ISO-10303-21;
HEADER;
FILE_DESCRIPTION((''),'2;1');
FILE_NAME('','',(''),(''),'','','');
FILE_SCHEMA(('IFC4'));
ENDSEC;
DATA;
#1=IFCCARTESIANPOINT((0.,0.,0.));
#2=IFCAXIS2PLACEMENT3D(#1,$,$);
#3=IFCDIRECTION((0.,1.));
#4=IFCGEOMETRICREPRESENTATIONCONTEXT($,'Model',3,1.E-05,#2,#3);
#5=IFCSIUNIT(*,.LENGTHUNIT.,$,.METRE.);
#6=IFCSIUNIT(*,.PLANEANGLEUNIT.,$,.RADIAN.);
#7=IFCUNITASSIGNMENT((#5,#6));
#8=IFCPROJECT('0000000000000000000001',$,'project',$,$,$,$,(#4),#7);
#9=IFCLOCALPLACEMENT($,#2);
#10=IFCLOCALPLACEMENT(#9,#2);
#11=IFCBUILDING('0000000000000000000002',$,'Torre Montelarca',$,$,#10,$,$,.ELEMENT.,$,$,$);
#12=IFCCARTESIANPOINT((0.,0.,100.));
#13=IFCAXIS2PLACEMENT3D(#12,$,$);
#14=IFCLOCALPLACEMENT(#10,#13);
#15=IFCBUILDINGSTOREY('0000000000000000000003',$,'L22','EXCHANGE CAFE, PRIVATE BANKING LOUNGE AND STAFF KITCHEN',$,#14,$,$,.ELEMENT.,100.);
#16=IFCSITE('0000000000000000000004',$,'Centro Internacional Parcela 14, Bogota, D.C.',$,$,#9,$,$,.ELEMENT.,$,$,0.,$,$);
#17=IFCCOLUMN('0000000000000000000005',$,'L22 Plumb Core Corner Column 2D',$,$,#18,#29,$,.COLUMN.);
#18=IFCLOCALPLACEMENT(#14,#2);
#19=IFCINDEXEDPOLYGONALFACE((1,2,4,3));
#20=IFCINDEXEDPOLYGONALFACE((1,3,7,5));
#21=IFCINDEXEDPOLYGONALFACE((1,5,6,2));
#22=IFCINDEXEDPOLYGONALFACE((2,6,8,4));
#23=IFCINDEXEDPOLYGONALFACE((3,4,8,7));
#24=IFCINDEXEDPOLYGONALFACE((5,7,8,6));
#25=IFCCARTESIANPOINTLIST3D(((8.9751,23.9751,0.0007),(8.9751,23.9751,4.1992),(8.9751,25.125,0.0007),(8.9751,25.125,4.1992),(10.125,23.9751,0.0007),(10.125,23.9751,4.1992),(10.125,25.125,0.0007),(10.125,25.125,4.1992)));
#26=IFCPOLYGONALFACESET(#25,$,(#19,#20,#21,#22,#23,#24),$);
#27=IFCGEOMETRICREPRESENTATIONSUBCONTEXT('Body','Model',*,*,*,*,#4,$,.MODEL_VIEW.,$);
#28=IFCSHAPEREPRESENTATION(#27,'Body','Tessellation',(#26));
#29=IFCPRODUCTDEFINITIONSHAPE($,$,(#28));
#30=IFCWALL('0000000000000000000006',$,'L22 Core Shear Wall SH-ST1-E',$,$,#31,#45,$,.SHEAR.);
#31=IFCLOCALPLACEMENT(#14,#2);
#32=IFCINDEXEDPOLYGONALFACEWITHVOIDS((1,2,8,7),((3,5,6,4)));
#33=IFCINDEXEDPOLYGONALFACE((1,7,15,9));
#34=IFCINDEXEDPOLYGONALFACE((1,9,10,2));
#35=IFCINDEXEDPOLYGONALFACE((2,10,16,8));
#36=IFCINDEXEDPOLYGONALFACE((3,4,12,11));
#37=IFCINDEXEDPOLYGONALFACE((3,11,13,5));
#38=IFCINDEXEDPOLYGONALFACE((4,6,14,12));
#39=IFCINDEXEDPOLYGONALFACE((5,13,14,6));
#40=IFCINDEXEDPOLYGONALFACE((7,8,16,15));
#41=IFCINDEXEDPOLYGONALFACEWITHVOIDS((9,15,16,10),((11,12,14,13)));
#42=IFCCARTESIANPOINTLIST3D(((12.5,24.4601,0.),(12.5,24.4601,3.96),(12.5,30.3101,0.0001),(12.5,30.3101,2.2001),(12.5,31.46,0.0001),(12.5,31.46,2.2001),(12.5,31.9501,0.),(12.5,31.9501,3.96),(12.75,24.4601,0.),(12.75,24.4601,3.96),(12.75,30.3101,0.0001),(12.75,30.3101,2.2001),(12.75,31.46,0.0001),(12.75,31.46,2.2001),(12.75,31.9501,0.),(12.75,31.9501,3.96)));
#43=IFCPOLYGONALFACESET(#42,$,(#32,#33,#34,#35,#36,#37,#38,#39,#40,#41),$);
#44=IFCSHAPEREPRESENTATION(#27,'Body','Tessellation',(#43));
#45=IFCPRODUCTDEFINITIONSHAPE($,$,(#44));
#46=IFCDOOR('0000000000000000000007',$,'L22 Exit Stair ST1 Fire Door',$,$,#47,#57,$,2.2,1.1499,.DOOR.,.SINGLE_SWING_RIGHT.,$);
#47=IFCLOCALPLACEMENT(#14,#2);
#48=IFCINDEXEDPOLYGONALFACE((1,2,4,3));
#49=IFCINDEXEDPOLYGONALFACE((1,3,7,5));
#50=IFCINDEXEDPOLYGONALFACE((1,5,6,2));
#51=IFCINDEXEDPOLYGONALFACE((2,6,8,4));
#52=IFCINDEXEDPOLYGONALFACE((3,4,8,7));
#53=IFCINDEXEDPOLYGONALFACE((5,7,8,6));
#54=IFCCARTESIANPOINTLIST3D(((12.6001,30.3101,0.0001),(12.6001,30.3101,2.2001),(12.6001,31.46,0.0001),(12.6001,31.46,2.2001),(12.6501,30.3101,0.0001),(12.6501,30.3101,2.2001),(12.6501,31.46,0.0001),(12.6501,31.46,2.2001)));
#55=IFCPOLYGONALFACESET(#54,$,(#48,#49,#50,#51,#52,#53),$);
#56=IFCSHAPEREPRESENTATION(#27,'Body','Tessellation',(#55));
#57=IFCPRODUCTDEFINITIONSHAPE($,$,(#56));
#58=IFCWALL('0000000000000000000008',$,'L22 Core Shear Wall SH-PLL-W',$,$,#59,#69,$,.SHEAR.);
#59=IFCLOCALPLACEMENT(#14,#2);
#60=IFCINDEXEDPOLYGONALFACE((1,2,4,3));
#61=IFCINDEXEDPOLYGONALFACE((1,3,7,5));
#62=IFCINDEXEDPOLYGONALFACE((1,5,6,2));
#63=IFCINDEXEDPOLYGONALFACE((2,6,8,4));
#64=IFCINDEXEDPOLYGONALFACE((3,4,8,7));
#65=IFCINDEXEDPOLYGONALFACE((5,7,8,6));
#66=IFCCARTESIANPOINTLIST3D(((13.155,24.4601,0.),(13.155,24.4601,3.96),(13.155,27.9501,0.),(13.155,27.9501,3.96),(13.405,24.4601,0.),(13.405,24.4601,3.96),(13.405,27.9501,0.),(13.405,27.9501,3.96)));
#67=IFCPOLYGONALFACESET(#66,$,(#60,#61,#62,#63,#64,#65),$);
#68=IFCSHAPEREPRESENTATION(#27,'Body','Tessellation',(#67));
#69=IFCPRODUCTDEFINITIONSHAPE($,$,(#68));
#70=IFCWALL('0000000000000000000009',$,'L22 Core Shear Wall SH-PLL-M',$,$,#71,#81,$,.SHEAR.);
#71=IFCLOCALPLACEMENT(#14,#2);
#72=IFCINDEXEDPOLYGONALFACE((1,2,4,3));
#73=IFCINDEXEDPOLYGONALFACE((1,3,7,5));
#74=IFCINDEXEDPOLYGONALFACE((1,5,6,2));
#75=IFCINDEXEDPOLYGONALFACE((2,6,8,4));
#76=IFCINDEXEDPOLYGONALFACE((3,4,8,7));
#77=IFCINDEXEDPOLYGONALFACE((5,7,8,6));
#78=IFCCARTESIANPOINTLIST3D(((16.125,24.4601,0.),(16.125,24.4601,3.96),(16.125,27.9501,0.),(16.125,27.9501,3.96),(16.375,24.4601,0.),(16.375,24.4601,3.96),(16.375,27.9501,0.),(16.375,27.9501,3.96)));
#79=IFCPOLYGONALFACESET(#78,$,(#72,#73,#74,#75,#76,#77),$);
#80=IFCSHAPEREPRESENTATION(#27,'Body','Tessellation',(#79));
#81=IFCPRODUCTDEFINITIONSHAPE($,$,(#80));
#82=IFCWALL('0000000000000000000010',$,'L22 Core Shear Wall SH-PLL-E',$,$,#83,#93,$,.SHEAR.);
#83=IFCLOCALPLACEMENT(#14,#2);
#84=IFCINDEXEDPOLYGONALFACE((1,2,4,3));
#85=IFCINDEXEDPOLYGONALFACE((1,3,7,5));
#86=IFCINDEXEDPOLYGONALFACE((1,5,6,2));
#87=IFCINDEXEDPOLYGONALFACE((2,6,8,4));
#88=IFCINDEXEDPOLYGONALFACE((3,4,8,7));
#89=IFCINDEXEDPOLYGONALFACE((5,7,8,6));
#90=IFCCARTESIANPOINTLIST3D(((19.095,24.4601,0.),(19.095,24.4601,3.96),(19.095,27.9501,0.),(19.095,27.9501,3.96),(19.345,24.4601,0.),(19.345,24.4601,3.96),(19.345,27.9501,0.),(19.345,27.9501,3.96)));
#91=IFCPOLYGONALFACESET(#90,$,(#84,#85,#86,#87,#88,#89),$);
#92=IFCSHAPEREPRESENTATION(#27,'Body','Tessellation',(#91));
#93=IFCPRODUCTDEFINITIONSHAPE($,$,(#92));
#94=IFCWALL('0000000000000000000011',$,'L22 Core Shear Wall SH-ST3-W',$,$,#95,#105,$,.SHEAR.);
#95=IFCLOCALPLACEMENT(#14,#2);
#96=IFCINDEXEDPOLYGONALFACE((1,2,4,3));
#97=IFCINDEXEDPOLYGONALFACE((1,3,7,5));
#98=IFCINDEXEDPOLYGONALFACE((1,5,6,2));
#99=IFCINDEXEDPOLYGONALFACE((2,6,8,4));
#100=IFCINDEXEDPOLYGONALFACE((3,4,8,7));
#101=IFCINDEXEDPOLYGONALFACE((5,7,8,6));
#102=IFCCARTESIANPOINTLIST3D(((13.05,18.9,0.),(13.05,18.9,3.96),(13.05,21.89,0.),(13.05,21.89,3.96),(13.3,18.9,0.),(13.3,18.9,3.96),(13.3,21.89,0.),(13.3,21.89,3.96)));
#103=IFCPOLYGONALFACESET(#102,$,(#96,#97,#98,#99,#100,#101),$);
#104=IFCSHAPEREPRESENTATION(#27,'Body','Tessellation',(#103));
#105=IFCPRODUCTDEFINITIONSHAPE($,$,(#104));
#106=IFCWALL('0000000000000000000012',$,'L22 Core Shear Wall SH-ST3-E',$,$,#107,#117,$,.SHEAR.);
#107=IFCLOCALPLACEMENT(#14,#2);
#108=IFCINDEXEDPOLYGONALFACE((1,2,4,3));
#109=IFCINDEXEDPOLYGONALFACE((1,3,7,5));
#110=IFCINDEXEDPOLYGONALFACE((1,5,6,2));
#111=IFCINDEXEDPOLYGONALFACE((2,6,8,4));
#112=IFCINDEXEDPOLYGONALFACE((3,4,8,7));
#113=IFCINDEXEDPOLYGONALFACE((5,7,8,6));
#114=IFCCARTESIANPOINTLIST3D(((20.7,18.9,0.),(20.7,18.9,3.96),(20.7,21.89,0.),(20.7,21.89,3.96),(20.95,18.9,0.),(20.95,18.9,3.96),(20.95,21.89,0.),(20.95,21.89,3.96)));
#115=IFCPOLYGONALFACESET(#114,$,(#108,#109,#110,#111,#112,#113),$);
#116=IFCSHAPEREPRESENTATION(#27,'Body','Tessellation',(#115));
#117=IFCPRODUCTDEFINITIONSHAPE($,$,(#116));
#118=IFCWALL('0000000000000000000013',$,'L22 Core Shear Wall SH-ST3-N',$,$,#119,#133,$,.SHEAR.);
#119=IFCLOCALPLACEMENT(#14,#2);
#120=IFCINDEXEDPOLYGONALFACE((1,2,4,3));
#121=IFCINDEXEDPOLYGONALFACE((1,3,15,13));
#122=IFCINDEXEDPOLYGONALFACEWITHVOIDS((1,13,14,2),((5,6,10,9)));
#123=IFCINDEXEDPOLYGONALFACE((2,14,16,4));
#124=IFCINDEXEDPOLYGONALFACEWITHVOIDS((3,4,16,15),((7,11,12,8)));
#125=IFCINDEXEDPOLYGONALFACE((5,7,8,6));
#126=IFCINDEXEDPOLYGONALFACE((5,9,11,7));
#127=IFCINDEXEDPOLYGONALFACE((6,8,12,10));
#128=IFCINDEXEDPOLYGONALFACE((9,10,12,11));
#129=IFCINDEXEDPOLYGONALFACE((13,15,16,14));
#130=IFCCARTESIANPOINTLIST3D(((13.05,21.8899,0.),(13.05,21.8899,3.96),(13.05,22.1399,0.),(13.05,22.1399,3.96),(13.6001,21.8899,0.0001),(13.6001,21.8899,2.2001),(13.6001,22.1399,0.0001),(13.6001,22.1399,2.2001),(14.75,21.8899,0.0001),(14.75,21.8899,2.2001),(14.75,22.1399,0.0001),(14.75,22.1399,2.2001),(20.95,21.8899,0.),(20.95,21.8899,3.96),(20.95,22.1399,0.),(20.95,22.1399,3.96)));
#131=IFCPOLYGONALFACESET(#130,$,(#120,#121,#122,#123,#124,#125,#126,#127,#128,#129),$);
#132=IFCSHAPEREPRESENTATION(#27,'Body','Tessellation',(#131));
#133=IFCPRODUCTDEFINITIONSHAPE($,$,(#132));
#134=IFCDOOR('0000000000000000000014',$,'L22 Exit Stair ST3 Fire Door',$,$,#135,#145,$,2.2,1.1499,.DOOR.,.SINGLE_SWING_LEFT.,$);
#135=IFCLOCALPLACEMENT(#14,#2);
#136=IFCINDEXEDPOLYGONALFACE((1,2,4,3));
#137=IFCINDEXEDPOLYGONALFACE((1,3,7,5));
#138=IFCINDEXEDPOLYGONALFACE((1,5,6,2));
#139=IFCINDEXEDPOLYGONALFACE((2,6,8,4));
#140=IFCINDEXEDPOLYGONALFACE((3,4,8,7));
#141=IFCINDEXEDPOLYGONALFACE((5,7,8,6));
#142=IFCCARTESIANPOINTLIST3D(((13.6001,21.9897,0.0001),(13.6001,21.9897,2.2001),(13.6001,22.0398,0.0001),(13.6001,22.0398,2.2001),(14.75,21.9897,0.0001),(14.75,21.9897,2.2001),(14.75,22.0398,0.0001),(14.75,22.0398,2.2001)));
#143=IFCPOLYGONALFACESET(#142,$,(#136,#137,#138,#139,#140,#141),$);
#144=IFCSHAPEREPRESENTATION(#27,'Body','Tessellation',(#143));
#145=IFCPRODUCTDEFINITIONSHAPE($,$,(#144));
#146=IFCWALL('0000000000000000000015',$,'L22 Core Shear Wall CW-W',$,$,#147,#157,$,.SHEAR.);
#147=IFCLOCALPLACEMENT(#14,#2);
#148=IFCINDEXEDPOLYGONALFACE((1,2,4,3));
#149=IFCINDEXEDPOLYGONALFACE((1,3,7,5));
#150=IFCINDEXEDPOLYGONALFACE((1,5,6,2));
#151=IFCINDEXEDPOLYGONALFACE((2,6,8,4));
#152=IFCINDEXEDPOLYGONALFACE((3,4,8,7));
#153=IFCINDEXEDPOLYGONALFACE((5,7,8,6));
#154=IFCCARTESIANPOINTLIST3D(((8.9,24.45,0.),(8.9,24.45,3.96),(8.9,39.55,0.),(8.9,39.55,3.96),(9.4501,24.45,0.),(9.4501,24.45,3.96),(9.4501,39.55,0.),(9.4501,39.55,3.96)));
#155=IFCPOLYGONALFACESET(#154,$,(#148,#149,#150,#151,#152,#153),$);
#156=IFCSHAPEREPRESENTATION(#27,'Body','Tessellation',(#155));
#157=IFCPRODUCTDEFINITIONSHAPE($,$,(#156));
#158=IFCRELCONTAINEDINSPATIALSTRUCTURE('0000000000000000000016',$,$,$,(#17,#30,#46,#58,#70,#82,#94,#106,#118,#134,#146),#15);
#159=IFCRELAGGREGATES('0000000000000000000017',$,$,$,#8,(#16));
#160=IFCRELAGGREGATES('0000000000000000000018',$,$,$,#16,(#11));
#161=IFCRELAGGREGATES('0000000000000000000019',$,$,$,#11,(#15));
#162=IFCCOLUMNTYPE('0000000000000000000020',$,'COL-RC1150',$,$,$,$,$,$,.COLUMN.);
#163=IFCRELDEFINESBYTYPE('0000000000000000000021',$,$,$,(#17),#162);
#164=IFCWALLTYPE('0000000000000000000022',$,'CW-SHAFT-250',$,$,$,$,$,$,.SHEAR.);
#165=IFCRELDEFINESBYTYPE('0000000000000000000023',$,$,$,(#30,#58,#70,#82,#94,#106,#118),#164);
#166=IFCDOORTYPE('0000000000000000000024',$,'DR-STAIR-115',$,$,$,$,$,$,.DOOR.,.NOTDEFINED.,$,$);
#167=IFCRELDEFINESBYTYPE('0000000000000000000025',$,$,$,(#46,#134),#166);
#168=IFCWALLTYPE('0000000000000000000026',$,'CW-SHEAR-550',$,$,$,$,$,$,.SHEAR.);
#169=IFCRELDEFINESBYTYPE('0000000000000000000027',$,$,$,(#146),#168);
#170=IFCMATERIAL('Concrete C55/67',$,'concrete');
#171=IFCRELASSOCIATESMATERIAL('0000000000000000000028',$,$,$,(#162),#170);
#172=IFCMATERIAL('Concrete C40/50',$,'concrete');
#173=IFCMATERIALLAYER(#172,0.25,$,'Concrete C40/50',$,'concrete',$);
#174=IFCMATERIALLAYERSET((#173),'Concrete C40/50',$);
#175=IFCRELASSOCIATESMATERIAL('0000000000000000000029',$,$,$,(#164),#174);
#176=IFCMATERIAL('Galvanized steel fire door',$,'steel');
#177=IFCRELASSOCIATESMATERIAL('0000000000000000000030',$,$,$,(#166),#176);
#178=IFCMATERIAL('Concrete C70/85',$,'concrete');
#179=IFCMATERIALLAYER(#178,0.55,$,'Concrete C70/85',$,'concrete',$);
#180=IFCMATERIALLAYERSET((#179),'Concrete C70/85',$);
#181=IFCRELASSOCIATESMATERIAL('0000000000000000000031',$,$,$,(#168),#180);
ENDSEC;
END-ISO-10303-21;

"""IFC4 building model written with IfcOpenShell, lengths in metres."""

from ifc_helpers import new_model, si_unit, direction, frame, frame_2d, origin, origin_2d, place, context, subcontext, project, spatial, rectangle, extrude, source, transform, mapped, material, layer, layer_set, material_profile, profile_set, type_object, element, fill, save


model = new_model("IFC4")

# Units and contexts
model_context = context("Model", 3, precision=1e-05, world=origin(), true_north=direction((0.0, 1.0)))
body_context = subcontext(model_context, "Body", "Model", "MODEL_VIEW")
ifc_project = project(units=[si_unit("LENGTHUNIT", "METRE"), si_unit("PLANEANGLEUNIT", "RADIAN")], contexts=[model_context])

# Site, building, storey
site_placement = place(None, origin())
site = spatial("IfcSite", under=ifc_project, at=site_placement, Name="Centro Internacional Parcela 14, Bogota, D.C.", CompositionType="ELEMENT", RefElevation=0.0)
building_placement = place(site_placement, origin())
building = spatial("IfcBuilding", under=site, at=building_placement, Name="Torre Montelarca", CompositionType="ELEMENT")
storey_placement = place(building_placement, frame((0.0, 0.0, 100.0)))
storey = spatial("IfcBuildingStorey", under=building, at=storey_placement, Name="L22", Description="EXCHANGE CAFE, PRIVATE BANKING LOUNGE AND STAFF KITCHEN", CompositionType="ELEMENT", Elevation=100.0)

# Column
ifc_material_1 = material(Name="Concrete C55/67", Category="concrete")
ifc_material_profile = material_profile(ifc_material_1, rectangle(XDim=1.1499, YDim=1.1499, at=origin_2d()), Name="RC1150X1150", Category="concrete")
ifc_profile_set = profile_set([ifc_material_profile], Name="Concrete C55/67")
column_type = type_object("IfcColumnType", Name="COL-RC1150", PredefinedType="COLUMN", material=ifc_profile_set)
shared_shape_1 = source(origin(), body_context, "Body", "SweptSolid", [
    extrude(rectangle(XDim=1.1499, YDim=1.1499, at=origin_2d()), origin(), (0.0, 0.0, 1.0), 4.1985),
])
column_placement = place(storey_placement, frame((9.55, 24.55, 0.0007), z_axis=(0.0, 0.0, 1.0), x_axis=(1.0, 0.0, 0.0)))
element("IfcColumn", 1, at=column_placement, inside=storey, type_object=column_type, Name="L22 Plumb Core Corner Column 2D", PredefinedType="COLUMN", context=body_context, shape_type="MappedRepresentation", body=[
    mapped(shared_shape_1, transform((0.0, 0.0, 0.0), scale=1.0)),
])

# Wall, opening, door
ifc_material_2 = material(Name="Concrete C40/50", Category="concrete")
ifc_layer_1 = layer(ifc_material_2, 0.25, Name="Concrete C40/50", Category="concrete")
ifc_layer_set_1 = layer_set([ifc_layer_1], Name="Concrete C40/50")
wall_type_1 = type_object("IfcWallType", Name="CW-SHAFT-250", PredefinedType="SHEAR", material=ifc_layer_set_1)
wall_1_placement = place(storey_placement, frame((12.625, 24.46, 0.0), z_axis=(0.0, 0.0, 1.0), x_axis=(0.0, 1.0, 0.0)))
wall_1 = element("IfcWall", 2, at=wall_1_placement, inside=storey, type_object=wall_type_1, Name="L22 Core Shear Wall SH-ST1-E", PredefinedType="SHEAR", context=body_context, shape_type="SweptSolid", body=[
    extrude(rectangle(XDim=7.49, YDim=0.25, at=frame_2d((3.7451, 0.0))), origin(), (0.0, 0.0, 1.0), 3.96),
])
opening_1_placement = place(wall_1_placement, frame((5.8501, 0.0, 0.0)))
opening_1 = element("IfcOpeningElement", 3, at=opening_1_placement, cuts=wall_1, PredefinedType="OPENING", context=body_context, shape_type="SweptSolid", body=[
    extrude(rectangle(XDim=1.1499, YDim=2.2, at=frame_2d((0.575, 1.1001))), frame((0.0, 0.135, 0.0), z_axis=(0.0, -1.0, 0.0), x_axis=(1.0, 0.0, 0.0)), (0.0, 0.0, 1.0), 0.27),
])
ifc_material_3 = material(Name="Galvanized steel fire door", Category="steel")
door_type_1 = type_object("IfcDoorType", Name="DR-STAIR-115", OperationType="NOTDEFINED", PredefinedType="DOOR", material=ifc_material_3)
shared_shape_2 = source(origin(), body_context, "Body", "SweptSolid", [
    extrude(rectangle(XDim=1.1499, YDim=2.2, at=frame_2d((0.575, 1.1001))), frame((0.0, 0.0249, 0.0), z_axis=(0.0, -1.0, 0.0), x_axis=(1.0, 0.0, 0.0)), (0.0, 0.0, 1.0), 0.05),
])
door_1_placement = place(opening_1_placement, origin())
door_1 = element("IfcDoor", 4, at=door_1_placement, inside=storey, type_object=door_type_1, Name="L22 Exit Stair ST1 Fire Door", OperationType="SINGLE_SWING_RIGHT", OverallHeight=2.2, OverallWidth=1.1499, PredefinedType="DOOR", context=body_context, shape_type="MappedRepresentation", body=[
    mapped(shared_shape_2, transform((0.0, 0.0, 0.0), scale=1.0)),
])
fill(opening_1, door_1)

# Walls
for number, where, z_axis, x_axis, name in (
    (5, (13.28, 24.46, 0.0), (0.0, 0.0, 1.0), (0.0, 1.0, 0.0), "L22 Core Shear Wall SH-PLL-W"),
    (6, (16.25, 24.46, 0.0), (0.0, 0.0, 1.0), (0.0, 1.0, 0.0), "L22 Core Shear Wall SH-PLL-M"),
    (7, (19.22, 24.46, 0.0), (0.0, 0.0, 1.0), (0.0, 1.0, 0.0), "L22 Core Shear Wall SH-PLL-E"),
):
    element("IfcWall", number, at=place(storey_placement, frame(where, z_axis=z_axis, x_axis=x_axis)), inside=storey, type_object=wall_type_1, Name=name, PredefinedType="SHEAR", context=body_context, shape_type="SweptSolid", body=[
        extrude(rectangle(XDim=3.49, YDim=0.25, at=frame_2d((1.7451, 0.0))), origin(), (0.0, 0.0, 1.0), 3.96),
    ])
for number, where, z_axis, x_axis, name in (
    (8, (13.175, 18.8999, 0.0), (0.0, 0.0, 1.0), (0.0, 1.0, 0.0), "L22 Core Shear Wall SH-ST3-W"),
    (9, (20.825, 18.8999, 0.0), (0.0, 0.0, 1.0), (0.0, 1.0, 0.0), "L22 Core Shear Wall SH-ST3-E"),
):
    element("IfcWall", number, at=place(storey_placement, frame(where, z_axis=z_axis, x_axis=x_axis)), inside=storey, type_object=wall_type_1, Name=name, PredefinedType="SHEAR", context=body_context, shape_type="SweptSolid", body=[
        extrude(rectangle(XDim=2.99, YDim=0.25, at=frame_2d((1.4951, 0.0))), origin(), (0.0, 0.0, 1.0), 3.96),
    ])

# Wall, opening, door
wall_2_placement = place(storey_placement, frame((13.05, 22.0149, 0.0), z_axis=(0.0, 0.0, 1.0), x_axis=(1.0, 0.0, 0.0)))
wall_2 = element("IfcWall", 10, at=wall_2_placement, inside=storey, type_object=wall_type_1, Name="L22 Core Shear Wall SH-ST3-N", PredefinedType="SHEAR", context=body_context, shape_type="SweptSolid", body=[
    extrude(rectangle(XDim=7.8999, YDim=0.25, at=frame_2d((3.95, 0.0))), origin(), (0.0, 0.0, 1.0), 3.96),
])
opening_2_placement = place(wall_2_placement, frame((0.55, 0.0, 0.0)))
opening_2 = element("IfcOpeningElement", 11, at=opening_2_placement, cuts=wall_2, PredefinedType="OPENING", context=body_context, shape_type="SweptSolid", body=[
    extrude(rectangle(XDim=1.1499, YDim=2.2, at=frame_2d((0.575, 1.1001))), frame((0.0, 0.135, 0.0), z_axis=(0.0, -1.0, 0.0), x_axis=(1.0, 0.0, 0.0)), (0.0, 0.0, 1.0), 0.27),
])
door_2_placement = place(opening_2_placement, origin())
door_2 = element("IfcDoor", 12, at=door_2_placement, inside=storey, type_object=door_type_1, Name="L22 Exit Stair ST3 Fire Door", OperationType="SINGLE_SWING_LEFT", OverallHeight=2.2, OverallWidth=1.1499, PredefinedType="DOOR", context=body_context, shape_type="MappedRepresentation", body=[
    mapped(shared_shape_2, transform((0.0, 0.0, 0.0), scale=1.0)),
])
fill(opening_2, door_2)

# Wall
ifc_material_4 = material(Name="Concrete C70/85", Category="concrete")
ifc_layer_2 = layer(ifc_material_4, 0.55, Name="Concrete C70/85", Category="concrete")
ifc_layer_set_2 = layer_set([ifc_layer_2], Name="Concrete C70/85")
wall_type_2 = type_object("IfcWallType", Name="CW-SHEAR-550", PredefinedType="SHEAR", material=ifc_layer_set_2)
wall_3_placement = place(storey_placement, frame((9.175, 24.45, 0.0), z_axis=(0.0, 0.0, 1.0), x_axis=(0.0, 1.0, 0.0)))
element("IfcWall", 13, at=wall_3_placement, inside=storey, type_object=wall_type_2, Name="L22 Core Shear Wall CW-W", PredefinedType="SHEAR", context=body_context, shape_type="SweptSolid", body=[
    extrude(rectangle(XDim=15.1001, YDim=0.55, at=frame_2d((7.55, 0.0))), origin(), (0.0, 0.0, 1.0), 3.96),
])

save(model, "model.ifc")
